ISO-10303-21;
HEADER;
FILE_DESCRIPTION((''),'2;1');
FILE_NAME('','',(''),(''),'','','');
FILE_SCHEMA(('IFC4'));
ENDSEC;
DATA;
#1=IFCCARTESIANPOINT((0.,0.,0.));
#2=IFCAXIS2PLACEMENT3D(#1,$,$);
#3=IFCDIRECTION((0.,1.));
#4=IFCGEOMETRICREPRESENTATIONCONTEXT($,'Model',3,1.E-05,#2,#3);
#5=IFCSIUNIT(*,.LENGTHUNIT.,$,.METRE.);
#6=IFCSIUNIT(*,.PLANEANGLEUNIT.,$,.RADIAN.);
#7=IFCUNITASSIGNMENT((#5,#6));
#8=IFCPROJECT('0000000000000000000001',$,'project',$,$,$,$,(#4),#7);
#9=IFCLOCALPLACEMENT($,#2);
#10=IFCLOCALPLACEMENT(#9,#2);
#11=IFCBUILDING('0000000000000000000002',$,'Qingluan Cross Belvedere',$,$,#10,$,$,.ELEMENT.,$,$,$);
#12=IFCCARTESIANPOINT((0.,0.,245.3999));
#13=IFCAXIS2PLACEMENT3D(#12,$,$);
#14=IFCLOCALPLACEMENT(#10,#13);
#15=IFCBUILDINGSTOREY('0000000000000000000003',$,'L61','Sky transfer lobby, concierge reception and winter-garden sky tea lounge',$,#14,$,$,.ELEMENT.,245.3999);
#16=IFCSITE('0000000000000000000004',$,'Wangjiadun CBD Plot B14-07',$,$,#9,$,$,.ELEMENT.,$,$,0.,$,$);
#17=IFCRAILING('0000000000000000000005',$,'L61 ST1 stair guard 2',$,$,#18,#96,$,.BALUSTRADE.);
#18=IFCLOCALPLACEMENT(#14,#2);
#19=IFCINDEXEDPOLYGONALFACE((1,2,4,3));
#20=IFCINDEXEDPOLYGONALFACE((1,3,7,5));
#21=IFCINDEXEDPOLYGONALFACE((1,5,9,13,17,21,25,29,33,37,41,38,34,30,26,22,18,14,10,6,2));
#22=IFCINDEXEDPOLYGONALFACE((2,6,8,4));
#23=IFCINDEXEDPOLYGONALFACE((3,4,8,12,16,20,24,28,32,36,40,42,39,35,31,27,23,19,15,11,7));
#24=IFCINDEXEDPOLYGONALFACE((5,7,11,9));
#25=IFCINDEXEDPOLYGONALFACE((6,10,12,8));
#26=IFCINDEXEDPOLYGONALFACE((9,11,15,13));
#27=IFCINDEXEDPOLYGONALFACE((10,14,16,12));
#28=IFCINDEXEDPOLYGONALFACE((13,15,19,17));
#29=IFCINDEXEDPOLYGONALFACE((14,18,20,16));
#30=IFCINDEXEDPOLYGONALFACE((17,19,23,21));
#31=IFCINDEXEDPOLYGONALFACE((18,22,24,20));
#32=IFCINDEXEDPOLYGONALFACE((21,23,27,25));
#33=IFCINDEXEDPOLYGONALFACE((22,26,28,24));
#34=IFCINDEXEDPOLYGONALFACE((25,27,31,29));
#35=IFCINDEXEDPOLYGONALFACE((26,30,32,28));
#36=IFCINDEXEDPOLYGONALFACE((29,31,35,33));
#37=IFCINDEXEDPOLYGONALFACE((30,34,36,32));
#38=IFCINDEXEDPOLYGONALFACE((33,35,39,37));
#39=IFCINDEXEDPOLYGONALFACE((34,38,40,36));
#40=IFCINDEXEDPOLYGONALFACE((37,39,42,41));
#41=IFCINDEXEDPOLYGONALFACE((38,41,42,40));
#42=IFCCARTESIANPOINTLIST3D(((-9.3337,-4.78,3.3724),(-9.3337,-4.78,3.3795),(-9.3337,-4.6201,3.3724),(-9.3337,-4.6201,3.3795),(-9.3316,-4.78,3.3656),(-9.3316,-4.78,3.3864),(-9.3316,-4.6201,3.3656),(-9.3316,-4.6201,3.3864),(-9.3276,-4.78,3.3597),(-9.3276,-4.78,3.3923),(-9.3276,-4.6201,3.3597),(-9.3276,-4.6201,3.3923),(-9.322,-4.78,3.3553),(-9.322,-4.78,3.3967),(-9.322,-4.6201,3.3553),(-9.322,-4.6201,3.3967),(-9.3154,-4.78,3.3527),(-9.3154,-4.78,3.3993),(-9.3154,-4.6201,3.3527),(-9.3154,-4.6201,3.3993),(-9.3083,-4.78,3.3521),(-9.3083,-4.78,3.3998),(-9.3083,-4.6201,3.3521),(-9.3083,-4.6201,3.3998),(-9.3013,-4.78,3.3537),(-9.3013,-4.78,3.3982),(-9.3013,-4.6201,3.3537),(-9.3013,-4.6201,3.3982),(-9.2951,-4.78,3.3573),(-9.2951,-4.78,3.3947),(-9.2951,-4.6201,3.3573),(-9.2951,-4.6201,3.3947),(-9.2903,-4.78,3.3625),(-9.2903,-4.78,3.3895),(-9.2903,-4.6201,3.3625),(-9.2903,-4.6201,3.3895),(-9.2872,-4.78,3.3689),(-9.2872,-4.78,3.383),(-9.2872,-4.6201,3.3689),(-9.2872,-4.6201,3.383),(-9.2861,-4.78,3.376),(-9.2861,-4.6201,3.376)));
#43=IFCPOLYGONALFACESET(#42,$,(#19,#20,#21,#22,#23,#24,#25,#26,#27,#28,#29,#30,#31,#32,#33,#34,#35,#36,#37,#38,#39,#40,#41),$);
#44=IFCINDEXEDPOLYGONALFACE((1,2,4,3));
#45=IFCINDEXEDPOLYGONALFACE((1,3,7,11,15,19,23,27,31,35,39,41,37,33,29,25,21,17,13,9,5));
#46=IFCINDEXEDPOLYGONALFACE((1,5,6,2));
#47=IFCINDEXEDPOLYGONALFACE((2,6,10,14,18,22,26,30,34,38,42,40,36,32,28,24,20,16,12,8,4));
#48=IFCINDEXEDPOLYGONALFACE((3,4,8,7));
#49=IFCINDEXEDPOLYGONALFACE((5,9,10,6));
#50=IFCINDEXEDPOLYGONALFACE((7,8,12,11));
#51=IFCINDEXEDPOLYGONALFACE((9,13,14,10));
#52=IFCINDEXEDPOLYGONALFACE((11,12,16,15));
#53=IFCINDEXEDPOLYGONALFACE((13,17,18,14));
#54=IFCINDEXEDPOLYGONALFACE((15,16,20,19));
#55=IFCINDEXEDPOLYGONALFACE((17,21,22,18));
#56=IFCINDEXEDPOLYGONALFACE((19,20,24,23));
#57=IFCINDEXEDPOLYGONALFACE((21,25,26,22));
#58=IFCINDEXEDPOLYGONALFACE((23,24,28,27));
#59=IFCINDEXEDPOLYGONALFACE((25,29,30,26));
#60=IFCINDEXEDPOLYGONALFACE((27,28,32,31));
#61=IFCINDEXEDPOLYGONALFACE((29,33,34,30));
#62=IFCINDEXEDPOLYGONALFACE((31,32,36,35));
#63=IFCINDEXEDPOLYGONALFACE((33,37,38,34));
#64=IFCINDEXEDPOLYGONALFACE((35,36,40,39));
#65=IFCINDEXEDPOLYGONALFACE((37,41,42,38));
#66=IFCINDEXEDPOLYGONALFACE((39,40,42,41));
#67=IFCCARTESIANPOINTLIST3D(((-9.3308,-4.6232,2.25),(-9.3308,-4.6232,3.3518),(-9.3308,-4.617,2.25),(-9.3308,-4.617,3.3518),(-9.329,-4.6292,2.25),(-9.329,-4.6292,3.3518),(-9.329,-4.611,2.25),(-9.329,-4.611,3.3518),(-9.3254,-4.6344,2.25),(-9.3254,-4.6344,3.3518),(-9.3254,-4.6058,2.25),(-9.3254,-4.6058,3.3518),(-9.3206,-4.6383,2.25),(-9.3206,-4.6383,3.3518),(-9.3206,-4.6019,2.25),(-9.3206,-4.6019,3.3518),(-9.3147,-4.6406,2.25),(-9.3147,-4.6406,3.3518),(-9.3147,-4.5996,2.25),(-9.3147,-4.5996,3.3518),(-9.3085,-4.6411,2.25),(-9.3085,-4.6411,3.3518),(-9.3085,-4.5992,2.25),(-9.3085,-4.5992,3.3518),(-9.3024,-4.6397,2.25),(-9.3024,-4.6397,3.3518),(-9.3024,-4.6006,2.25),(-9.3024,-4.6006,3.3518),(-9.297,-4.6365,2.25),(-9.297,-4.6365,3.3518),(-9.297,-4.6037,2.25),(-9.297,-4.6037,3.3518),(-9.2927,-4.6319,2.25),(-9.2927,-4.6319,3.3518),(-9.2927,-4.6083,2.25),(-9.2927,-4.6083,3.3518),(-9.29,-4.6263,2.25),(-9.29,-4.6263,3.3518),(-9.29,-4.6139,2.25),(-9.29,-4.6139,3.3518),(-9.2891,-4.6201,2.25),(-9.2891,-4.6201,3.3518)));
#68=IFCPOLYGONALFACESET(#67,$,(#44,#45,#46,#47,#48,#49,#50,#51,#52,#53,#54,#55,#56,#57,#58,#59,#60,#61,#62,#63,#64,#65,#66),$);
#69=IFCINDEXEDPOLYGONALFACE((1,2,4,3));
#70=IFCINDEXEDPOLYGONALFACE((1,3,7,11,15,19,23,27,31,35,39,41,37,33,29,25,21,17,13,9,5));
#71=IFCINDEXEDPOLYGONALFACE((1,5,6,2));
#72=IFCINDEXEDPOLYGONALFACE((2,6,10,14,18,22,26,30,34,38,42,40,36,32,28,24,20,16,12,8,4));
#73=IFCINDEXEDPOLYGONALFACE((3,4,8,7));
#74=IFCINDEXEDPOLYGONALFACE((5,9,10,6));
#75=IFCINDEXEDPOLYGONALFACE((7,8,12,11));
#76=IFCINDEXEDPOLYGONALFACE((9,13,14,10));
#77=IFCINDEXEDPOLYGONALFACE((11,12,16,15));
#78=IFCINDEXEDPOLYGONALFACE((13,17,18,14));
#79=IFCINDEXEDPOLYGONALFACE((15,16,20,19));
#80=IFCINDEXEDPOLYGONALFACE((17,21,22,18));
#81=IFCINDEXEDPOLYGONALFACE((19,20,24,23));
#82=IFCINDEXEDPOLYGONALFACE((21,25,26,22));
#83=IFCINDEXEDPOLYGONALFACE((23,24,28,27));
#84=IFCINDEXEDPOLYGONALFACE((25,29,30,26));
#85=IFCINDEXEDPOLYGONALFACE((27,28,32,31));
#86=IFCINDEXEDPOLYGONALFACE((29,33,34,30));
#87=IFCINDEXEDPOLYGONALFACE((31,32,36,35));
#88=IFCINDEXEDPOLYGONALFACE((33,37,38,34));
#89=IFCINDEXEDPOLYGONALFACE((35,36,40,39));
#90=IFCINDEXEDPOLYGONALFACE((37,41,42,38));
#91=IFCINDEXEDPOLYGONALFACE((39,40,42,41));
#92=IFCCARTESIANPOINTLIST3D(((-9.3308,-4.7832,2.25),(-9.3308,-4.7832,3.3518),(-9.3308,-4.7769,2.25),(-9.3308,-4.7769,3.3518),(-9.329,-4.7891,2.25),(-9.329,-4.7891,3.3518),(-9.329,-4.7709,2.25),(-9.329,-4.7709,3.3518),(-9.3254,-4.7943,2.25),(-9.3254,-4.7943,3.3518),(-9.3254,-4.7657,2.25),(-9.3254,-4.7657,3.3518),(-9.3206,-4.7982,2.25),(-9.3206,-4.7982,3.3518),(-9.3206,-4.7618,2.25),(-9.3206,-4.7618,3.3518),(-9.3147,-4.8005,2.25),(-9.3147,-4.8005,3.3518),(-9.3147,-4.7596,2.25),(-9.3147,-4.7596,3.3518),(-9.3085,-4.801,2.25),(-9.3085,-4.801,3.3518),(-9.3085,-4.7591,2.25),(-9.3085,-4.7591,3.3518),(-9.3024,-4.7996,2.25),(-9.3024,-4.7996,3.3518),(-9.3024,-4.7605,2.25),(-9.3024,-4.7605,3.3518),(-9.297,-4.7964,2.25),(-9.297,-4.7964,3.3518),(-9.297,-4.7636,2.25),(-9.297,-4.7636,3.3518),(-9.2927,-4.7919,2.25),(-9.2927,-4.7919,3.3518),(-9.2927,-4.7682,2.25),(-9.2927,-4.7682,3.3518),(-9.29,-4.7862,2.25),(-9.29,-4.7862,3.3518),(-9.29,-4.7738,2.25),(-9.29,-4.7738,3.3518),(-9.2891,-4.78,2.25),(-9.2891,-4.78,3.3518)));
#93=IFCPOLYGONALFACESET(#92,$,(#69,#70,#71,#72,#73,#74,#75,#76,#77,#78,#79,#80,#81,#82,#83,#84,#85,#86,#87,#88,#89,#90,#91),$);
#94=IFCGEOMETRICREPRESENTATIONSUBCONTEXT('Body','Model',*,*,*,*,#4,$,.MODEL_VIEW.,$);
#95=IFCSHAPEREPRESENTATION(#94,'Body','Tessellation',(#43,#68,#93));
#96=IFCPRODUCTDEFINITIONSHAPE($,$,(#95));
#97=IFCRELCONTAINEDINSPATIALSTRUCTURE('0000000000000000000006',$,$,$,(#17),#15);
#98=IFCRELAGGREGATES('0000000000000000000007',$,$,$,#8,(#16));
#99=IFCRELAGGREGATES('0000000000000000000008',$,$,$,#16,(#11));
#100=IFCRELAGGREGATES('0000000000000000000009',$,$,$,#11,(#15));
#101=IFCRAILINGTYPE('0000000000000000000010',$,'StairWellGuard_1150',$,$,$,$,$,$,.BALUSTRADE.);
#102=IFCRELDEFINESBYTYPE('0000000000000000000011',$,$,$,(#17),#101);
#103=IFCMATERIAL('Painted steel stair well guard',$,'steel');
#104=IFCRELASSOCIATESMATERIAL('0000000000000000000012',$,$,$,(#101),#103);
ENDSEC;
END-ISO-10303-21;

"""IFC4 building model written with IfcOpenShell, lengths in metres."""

from ifc_helpers import new_model, si_unit, direction, frame, origin, origin_2d, place, context, subcontext, project, spatial, circle, extrude, material, type_object, element, save


model = new_model("IFC4")

# Units and contexts
model_context = context("Model", 3, precision=1e-05, world=origin(), true_north=direction((0.0, 1.0)))
body_context = subcontext(model_context, "Body", "Model", "MODEL_VIEW")
ifc_project = project(units=[si_unit("LENGTHUNIT", "METRE"), si_unit("PLANEANGLEUNIT", "RADIAN")], contexts=[model_context])

# Site, building, storey
site_placement = place(None, origin())
site = spatial("IfcSite", under=ifc_project, at=site_placement, Name="Wangjiadun CBD Plot B14-07", CompositionType="ELEMENT", RefElevation=0.0)
building_placement = place(site_placement, origin())
building = spatial("IfcBuilding", under=site, at=building_placement, Name="Qingluan Cross Belvedere", CompositionType="ELEMENT")
storey_placement = place(building_placement, frame((0.0, 0.0, 245.3999)))
storey = spatial("IfcBuildingStorey", under=building, at=storey_placement, Name="L61", Description="Sky transfer lobby, concierge reception and winter-garden sky tea lounge", CompositionType="ELEMENT", Elevation=245.3999)

# Railing
ifc_material_1 = material(Name="Painted steel stair well guard", Category="steel")
railing_type_1 = type_object("IfcRailingType", Name="StairWellGuard_1150", PredefinedType="BALUSTRADE", material=ifc_material_1)
railing_1_placement = place(storey_placement, frame((-9.3101, -4.6201, 2.25)))
element("IfcRailing", 1, at=railing_1_placement, inside=storey, type_object=railing_type_1, Name="L61 ST1 stair guard 2", PredefinedType="BALUSTRADE", context=body_context, shape_type="SweptSolid", body=[
    extrude(circle(Radius=0.0239, at=origin_2d()), frame((0.0, 0.0, 1.126), z_axis=(0.0, -1.0, 0.0), x_axis=(1.0, 0.0, 0.0)), (0.0, 0.0, 1.0), 0.1599),
    extrude(circle(Radius=0.021, at=origin_2d()), origin(), (0.0, 0.0, 1.0), 1.1018),
    extrude(circle(Radius=0.021, at=origin_2d()), frame((0.0, -0.1599, 0.0)), (0.0, 0.0, 1.0), 1.1018),
])

save(model, "model.ifc")
